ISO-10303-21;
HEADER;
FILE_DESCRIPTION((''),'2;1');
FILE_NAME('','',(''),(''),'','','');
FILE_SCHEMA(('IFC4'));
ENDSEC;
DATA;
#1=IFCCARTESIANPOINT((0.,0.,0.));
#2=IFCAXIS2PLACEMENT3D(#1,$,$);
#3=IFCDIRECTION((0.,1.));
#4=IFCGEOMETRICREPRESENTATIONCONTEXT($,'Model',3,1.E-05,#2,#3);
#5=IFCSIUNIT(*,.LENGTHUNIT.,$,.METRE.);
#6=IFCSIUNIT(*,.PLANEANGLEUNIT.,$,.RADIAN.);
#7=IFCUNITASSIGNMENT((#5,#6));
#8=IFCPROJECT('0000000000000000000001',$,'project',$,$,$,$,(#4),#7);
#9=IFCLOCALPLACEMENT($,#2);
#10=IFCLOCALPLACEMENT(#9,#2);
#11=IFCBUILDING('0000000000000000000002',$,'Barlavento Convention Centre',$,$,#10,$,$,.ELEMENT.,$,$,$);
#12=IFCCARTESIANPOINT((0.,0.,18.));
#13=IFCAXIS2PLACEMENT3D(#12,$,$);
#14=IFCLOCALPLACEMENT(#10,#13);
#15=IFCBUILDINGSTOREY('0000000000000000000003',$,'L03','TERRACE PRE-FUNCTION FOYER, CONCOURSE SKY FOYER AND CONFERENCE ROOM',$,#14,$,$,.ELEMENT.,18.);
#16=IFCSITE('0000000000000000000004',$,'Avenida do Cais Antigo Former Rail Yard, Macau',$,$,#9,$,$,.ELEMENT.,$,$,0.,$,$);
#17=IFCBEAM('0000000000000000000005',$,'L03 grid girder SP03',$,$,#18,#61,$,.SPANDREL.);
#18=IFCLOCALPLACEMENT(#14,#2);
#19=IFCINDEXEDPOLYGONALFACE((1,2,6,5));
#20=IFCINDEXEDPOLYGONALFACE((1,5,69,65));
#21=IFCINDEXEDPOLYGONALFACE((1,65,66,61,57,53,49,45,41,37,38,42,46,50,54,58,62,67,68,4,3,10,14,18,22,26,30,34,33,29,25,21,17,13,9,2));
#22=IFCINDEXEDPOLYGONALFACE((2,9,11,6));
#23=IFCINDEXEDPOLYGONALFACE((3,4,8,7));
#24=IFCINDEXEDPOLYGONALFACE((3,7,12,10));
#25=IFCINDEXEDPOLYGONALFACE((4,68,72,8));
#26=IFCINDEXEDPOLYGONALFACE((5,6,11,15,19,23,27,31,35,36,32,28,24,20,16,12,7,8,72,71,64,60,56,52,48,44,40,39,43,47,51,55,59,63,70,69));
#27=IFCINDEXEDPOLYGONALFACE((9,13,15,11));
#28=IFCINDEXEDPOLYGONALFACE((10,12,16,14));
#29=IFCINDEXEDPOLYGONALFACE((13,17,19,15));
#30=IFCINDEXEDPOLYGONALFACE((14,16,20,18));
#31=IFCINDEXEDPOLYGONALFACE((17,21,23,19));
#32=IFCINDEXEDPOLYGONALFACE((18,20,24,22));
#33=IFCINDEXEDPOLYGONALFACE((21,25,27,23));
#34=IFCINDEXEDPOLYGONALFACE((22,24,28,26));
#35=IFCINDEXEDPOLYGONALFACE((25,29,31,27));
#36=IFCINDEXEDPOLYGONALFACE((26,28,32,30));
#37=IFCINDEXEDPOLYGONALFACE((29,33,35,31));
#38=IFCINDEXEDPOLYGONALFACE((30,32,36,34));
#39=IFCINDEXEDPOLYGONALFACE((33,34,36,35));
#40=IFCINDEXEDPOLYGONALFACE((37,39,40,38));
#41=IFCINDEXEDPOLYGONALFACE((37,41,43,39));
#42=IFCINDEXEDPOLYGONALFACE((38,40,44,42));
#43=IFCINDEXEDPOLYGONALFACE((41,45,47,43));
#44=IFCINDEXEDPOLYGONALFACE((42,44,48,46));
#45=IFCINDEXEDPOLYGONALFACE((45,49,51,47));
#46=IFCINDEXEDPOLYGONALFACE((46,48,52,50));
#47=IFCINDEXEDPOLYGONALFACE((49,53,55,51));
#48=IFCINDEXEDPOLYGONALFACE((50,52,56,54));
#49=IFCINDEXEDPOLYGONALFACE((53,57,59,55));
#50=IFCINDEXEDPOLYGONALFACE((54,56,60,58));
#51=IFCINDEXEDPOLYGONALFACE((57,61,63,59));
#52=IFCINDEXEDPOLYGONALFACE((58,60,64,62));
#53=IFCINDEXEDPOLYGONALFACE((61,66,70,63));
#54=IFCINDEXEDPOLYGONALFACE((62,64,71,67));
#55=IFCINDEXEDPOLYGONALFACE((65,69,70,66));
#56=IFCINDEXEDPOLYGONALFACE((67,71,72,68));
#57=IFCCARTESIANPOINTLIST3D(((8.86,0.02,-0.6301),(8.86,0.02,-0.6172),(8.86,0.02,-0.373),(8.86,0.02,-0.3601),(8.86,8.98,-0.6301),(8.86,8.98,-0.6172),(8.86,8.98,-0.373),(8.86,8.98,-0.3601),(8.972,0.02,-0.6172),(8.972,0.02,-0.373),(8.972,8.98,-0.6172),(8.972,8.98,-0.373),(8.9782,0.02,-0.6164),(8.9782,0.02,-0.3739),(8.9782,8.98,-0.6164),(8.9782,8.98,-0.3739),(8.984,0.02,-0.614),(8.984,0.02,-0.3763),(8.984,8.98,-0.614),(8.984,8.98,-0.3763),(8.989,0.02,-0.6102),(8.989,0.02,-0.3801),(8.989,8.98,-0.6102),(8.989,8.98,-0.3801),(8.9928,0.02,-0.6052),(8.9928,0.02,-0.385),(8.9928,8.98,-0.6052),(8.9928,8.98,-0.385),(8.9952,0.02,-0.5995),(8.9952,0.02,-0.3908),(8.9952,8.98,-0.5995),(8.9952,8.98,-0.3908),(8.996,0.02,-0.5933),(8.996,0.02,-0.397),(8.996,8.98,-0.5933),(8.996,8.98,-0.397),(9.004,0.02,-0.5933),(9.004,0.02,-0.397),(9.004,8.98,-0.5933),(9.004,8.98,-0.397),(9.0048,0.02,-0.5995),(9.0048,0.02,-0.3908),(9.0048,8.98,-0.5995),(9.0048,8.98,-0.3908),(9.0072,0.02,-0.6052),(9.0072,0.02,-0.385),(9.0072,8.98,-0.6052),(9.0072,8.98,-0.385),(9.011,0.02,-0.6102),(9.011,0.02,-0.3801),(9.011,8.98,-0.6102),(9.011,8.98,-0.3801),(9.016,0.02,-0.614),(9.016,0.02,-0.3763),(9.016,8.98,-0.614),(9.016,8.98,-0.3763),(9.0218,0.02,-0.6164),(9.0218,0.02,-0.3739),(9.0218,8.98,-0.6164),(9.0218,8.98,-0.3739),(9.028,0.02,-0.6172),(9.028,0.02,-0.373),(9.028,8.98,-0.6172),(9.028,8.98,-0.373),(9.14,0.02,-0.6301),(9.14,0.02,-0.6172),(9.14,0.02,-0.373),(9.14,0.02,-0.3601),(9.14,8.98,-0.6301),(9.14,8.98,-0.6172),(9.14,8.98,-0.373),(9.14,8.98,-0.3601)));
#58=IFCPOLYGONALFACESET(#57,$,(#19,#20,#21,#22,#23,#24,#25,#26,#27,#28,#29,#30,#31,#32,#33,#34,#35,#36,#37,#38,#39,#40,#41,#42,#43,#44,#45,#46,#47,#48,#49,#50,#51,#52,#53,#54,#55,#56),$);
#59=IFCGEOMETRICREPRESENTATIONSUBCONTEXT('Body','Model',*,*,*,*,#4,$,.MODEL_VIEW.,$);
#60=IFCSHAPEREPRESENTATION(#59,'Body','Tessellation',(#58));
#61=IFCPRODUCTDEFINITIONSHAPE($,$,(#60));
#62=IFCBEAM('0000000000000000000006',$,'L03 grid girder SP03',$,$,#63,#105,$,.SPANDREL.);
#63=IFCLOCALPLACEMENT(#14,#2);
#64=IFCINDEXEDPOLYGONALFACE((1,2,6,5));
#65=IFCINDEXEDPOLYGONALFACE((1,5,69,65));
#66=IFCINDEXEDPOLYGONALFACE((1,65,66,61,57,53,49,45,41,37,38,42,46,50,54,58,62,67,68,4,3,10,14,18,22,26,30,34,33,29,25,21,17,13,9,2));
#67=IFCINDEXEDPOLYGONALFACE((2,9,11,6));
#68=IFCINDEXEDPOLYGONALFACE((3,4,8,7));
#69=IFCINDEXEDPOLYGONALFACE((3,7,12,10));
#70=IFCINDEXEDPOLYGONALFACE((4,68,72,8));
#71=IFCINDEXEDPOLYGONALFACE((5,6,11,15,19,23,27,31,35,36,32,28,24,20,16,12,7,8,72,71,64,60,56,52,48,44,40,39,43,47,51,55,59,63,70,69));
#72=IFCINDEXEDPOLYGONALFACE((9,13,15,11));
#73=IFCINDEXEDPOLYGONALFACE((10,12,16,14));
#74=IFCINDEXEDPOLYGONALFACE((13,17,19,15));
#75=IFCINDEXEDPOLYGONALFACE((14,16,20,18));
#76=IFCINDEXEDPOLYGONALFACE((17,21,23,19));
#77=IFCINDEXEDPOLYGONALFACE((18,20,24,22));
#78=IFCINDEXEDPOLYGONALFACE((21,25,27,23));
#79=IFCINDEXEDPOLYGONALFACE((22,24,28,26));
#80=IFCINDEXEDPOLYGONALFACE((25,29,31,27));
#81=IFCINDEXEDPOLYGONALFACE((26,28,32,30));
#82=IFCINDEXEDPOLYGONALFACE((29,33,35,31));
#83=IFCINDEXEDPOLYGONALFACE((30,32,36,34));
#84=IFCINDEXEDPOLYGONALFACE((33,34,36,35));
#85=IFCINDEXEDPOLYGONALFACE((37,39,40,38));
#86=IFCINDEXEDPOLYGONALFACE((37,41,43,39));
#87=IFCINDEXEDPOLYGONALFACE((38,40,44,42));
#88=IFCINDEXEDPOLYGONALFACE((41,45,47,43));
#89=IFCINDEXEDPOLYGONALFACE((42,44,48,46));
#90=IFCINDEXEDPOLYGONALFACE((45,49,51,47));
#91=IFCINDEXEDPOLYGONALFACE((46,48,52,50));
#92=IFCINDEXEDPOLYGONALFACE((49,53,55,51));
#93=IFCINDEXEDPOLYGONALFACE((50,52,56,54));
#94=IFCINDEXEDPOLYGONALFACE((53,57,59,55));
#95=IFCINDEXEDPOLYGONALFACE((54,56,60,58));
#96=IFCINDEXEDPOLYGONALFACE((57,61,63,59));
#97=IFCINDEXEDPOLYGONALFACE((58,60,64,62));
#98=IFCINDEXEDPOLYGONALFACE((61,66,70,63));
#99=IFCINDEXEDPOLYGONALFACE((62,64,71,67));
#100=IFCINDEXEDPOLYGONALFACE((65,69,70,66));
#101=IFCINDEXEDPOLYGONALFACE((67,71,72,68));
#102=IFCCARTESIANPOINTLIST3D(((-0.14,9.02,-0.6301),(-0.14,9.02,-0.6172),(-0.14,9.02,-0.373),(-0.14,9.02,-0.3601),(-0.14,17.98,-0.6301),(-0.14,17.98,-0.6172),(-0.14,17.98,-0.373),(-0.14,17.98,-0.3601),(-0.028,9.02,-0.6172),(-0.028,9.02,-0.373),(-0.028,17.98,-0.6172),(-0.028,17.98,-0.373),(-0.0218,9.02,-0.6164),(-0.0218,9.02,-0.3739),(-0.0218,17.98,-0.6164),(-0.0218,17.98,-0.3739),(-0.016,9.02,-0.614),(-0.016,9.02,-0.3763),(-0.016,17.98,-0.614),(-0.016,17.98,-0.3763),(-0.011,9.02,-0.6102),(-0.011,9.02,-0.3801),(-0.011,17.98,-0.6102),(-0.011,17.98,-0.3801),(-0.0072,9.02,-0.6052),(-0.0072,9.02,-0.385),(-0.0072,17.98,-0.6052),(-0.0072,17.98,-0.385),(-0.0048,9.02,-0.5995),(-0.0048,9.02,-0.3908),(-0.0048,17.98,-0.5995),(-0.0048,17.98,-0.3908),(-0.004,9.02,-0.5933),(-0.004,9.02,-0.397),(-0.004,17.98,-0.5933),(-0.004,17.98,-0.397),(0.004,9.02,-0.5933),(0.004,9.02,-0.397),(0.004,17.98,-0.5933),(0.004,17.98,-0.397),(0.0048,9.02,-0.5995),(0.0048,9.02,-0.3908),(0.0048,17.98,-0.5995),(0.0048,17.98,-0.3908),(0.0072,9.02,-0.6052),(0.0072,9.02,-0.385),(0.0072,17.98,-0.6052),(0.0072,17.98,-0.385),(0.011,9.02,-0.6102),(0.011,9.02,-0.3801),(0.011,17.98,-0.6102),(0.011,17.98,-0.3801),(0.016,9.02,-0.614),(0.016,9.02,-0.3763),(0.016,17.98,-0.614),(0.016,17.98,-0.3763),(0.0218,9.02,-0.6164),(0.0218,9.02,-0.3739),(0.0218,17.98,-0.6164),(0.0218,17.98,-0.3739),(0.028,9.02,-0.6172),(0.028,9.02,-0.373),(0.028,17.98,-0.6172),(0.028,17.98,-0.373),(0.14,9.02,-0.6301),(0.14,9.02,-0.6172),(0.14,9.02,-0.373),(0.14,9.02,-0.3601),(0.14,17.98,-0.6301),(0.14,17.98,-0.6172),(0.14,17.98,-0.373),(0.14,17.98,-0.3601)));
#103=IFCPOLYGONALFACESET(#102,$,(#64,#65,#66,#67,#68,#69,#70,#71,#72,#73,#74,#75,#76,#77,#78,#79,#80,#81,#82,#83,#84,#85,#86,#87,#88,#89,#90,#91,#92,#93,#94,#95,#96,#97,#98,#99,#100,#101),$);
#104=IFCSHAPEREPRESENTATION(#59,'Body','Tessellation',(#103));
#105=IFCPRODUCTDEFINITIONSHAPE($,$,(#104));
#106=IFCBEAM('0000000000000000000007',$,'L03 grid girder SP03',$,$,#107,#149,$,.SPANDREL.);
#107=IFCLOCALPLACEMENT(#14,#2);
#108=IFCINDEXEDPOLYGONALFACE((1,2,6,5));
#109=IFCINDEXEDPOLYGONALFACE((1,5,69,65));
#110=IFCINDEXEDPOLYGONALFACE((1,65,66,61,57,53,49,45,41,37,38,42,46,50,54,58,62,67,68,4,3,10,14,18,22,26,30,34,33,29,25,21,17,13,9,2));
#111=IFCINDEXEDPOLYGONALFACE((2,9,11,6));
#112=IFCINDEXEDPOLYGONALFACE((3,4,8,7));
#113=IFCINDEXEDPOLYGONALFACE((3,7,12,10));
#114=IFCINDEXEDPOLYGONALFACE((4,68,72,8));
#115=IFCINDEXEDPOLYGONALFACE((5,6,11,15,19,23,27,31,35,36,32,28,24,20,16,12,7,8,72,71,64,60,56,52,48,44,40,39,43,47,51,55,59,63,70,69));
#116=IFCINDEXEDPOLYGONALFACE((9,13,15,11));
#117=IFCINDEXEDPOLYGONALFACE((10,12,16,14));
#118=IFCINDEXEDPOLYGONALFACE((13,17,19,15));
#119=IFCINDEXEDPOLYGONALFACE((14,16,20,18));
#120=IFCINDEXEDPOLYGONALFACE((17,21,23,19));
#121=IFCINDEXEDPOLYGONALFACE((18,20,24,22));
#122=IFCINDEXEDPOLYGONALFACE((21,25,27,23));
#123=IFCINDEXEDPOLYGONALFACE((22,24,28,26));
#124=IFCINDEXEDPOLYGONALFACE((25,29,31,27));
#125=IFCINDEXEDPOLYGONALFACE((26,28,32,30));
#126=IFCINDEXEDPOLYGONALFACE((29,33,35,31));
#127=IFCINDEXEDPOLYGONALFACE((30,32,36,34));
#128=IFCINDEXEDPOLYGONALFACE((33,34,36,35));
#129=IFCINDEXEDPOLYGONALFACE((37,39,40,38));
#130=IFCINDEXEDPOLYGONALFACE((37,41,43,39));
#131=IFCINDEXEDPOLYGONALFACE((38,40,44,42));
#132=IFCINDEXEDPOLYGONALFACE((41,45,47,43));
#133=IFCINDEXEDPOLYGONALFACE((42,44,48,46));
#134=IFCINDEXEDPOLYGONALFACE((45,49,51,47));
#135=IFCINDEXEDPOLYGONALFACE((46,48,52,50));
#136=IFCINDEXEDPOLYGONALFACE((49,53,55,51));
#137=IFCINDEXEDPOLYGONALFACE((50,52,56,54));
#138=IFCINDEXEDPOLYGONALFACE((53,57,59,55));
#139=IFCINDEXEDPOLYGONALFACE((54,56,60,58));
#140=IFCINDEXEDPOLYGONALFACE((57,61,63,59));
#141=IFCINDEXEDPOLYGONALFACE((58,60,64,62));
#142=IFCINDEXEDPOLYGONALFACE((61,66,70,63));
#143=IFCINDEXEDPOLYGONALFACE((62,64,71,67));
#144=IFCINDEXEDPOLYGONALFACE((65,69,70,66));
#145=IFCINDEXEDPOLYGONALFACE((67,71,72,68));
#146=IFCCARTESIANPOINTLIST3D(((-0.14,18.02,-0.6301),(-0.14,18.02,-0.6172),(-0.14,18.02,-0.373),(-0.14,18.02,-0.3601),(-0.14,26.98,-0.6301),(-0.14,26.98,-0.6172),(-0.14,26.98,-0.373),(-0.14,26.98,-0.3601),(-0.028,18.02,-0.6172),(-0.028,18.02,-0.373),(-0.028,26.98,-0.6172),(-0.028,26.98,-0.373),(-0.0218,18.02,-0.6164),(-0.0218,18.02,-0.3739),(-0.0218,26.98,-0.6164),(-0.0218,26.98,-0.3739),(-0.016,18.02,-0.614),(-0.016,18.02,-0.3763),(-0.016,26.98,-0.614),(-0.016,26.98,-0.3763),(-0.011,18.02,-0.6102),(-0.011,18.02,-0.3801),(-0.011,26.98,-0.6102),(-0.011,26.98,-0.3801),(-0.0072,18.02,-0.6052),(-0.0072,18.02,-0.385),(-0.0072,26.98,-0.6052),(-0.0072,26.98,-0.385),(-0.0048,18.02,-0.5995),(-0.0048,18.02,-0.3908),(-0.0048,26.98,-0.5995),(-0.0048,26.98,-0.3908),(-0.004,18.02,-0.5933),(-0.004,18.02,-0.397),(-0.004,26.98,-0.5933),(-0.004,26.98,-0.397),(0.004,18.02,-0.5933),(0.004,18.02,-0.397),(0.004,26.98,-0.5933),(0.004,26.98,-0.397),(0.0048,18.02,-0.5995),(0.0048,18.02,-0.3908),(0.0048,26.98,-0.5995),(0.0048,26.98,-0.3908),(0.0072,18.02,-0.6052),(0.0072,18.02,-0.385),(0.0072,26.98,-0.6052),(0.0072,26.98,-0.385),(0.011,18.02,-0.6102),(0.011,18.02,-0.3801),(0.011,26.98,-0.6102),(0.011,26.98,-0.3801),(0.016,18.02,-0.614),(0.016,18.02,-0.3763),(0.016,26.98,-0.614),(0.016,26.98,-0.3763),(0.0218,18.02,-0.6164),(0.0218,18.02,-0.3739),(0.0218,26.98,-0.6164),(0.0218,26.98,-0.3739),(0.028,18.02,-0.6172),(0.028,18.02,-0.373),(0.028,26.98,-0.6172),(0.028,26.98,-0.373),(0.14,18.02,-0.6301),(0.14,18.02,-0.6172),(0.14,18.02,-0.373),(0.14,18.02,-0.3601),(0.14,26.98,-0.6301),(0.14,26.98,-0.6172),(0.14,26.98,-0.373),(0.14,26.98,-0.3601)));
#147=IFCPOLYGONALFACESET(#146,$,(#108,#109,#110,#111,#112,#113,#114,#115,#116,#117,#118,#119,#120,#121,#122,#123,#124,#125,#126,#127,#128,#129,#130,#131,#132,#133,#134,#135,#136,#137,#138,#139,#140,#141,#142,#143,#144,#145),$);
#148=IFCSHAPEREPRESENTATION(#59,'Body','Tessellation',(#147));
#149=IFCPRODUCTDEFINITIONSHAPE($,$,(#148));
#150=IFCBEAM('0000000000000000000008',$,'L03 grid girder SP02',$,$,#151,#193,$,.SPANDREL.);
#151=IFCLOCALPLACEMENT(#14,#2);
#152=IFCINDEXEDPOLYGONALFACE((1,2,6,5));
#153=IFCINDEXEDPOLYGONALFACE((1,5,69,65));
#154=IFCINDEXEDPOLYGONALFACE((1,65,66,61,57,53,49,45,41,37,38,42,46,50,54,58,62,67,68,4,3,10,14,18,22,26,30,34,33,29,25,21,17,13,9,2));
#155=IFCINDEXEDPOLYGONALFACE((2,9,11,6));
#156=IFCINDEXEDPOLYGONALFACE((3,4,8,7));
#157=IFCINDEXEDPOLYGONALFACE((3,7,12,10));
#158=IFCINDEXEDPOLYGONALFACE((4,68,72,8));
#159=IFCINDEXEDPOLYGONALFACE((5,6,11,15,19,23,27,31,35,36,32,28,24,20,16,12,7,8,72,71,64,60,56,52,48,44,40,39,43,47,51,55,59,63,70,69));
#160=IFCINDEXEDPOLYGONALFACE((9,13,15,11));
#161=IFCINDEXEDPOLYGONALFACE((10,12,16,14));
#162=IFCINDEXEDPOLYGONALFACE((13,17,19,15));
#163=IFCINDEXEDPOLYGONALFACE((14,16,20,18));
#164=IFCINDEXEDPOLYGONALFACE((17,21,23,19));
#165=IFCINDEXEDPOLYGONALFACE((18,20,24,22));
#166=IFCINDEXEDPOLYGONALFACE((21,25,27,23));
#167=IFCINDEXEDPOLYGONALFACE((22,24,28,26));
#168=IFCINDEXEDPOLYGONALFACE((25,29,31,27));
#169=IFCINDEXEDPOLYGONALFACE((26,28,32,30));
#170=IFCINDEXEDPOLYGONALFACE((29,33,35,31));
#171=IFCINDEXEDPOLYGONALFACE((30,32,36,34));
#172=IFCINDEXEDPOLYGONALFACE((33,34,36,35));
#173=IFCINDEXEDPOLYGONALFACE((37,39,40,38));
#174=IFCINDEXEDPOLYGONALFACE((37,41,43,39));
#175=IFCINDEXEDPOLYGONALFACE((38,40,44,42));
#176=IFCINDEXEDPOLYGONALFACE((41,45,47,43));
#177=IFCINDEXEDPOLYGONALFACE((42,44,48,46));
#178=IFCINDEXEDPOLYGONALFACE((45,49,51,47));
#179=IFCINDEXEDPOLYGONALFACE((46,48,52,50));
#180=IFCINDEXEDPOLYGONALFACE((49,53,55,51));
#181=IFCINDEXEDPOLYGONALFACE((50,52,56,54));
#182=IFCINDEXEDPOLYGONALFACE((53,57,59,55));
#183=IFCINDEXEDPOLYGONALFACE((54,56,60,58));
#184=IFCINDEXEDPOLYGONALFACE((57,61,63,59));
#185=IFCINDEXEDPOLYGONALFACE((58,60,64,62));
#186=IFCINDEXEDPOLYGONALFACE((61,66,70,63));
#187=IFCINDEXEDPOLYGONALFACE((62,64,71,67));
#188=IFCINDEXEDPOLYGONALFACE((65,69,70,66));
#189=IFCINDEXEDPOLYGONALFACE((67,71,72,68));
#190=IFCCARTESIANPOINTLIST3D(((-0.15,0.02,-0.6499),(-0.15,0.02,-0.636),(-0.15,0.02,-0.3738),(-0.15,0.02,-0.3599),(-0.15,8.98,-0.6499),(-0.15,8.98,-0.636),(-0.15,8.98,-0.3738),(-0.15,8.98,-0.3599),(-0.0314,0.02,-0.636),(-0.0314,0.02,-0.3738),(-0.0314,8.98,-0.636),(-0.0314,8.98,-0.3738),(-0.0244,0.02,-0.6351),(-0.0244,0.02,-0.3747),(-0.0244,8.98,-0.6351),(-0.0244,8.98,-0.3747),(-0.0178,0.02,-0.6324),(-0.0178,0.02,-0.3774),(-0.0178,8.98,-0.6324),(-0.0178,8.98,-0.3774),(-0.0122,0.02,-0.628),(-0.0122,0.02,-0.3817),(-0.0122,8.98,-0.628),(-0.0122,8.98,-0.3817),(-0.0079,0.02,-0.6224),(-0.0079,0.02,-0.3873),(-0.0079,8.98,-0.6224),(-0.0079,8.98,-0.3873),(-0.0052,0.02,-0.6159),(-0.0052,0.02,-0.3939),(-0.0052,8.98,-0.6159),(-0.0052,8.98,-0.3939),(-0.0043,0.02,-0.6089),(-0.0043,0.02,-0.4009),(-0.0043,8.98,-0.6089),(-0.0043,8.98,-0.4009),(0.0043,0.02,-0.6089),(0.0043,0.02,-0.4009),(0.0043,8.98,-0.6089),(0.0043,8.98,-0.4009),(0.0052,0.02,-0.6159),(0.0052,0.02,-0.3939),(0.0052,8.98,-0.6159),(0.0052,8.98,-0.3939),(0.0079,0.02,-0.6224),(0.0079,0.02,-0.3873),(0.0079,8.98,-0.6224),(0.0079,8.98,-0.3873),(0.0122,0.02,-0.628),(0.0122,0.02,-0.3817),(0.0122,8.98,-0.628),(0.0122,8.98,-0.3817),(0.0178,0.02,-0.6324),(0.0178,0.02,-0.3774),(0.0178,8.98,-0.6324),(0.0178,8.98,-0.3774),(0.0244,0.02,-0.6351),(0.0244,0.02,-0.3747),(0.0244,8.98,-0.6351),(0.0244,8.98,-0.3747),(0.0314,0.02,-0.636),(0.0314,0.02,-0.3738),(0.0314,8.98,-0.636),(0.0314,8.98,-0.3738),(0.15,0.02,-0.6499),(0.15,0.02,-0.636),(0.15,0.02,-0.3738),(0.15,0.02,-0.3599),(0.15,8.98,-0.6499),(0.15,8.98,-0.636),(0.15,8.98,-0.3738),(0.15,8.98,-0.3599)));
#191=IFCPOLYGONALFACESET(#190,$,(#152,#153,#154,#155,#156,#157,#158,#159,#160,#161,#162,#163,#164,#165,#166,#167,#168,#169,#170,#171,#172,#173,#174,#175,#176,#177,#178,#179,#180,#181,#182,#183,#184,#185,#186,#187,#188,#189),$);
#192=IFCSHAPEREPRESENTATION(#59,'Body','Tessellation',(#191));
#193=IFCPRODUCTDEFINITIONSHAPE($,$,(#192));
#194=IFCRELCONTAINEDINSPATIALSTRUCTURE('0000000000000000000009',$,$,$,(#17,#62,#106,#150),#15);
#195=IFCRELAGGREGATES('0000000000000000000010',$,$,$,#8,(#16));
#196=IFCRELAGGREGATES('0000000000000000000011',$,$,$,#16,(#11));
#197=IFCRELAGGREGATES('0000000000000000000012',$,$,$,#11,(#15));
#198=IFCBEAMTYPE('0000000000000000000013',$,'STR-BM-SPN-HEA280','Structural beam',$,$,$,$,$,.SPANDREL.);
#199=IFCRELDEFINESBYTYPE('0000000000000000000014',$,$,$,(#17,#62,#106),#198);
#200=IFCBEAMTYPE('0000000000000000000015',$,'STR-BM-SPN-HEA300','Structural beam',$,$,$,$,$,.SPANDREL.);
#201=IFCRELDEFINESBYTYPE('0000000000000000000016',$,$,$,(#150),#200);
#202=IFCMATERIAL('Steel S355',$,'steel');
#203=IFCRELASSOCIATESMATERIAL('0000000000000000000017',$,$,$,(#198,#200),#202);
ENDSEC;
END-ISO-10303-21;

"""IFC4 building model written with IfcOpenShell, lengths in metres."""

from ifc_helpers import new_model, si_unit, direction, frame, origin, origin_2d, place, context, subcontext, project, spatial, i_section, extrude, material, material_profile, profile_set, type_object, element, save


model = new_model("IFC4")

# Units and contexts
model_context = context("Model", 3, precision=1e-05, world=origin(), true_north=direction((0.0, 1.0)))
body_context = subcontext(model_context, "Body", "Model", "MODEL_VIEW")
ifc_project = project(units=[si_unit("LENGTHUNIT", "METRE"), si_unit("PLANEANGLEUNIT", "RADIAN")], contexts=[model_context])

# Site, building, storey
site_placement = place(None, origin())
site = spatial("IfcSite", under=ifc_project, at=site_placement, Name="Avenida do Cais Antigo Former Rail Yard, Macau", CompositionType="ELEMENT", RefElevation=0.0)
building_placement = place(site_placement, origin())
building = spatial("IfcBuilding", under=site, at=building_placement, Name="Barlavento Convention Centre", CompositionType="ELEMENT")
storey_placement = place(building_placement, frame((0.0, 0.0, 18.0)))
storey = spatial("IfcBuildingStorey", under=building, at=storey_placement, Name="L03", Description="TERRACE PRE-FUNCTION FOYER, CONCOURSE SKY FOYER AND CONFERENCE ROOM", CompositionType="ELEMENT", Elevation=18.0)

# Shared definitions
ifc_material_1 = material(Name="Steel S355", Category="steel")

# Beams
ifc_material_profile_1 = material_profile(ifc_material_1, i_section(OverallWidth=0.28, OverallDepth=0.27, WebThickness=0.0081, FlangeThickness=0.0129, FilletRadius=0.0239, at=origin_2d()), Name="HEA 280")
ifc_profile_set_1 = profile_set([ifc_material_profile_1], Name="Steel S355")
beam_type_1 = type_object("IfcBeamType", Name="STR-BM-SPN-HEA280", Description="Structural beam", PredefinedType="SPANDREL", material=ifc_profile_set_1)
for number, where, z_axis, x_axis, name in (
    (1, (9.0, 0.02, -0.4951), (0.0, 1.0, 0.0), (-1.0, 0.0, 0.0), "L03 grid girder SP03"),
    (2, (0.0, 9.02, -0.4951), (0.0, 1.0, 0.0), (-1.0, 0.0, 0.0), "L03 grid girder SP03"),
    (3, (0.0, 18.02, -0.4951), (0.0, 1.0, 0.0), (-1.0, 0.0, 0.0), "L03 grid girder SP03"),
):
    element("IfcBeam", number, at=place(storey_placement, frame(where, z_axis=z_axis, x_axis=x_axis)), inside=storey, type_object=beam_type_1, Name=name, PredefinedType="SPANDREL", context=body_context, shape_type="SweptSolid", body=[
        extrude(i_section(OverallWidth=0.28, OverallDepth=0.27, WebThickness=0.0081, FlangeThickness=0.0129, FilletRadius=0.0239, at=origin_2d()), origin(), (0.0, 0.0, 1.0), 8.96),
    ])
ifc_material_profile_2 = material_profile(ifc_material_1, i_section(OverallWidth=0.3, OverallDepth=0.29, WebThickness=0.0085, FlangeThickness=0.0139, FilletRadius=0.0271, at=origin_2d()), Name="HEA 300")
ifc_profile_set_2 = profile_set([ifc_material_profile_2], Name="Steel S355")
beam_type_2 = type_object("IfcBeamType", Name="STR-BM-SPN-HEA300", Description="Structural beam", PredefinedType="SPANDREL", material=ifc_profile_set_2)
beam_1_placement = place(storey_placement, frame((0.0, 0.02, -0.5049), z_axis=(0.0, 1.0, 0.0), x_axis=(-1.0, 0.0, 0.0)))
element("IfcBeam", 4, at=beam_1_placement, inside=storey, type_object=beam_type_2, Name="L03 grid girder SP02", PredefinedType="SPANDREL", context=body_context, shape_type="SweptSolid", body=[
    extrude(i_section(OverallWidth=0.3, OverallDepth=0.29, WebThickness=0.0085, FlangeThickness=0.0139, FilletRadius=0.0271, at=origin_2d()), origin(), (0.0, 0.0, 1.0), 8.96),
])

save(model, "model.ifc")
